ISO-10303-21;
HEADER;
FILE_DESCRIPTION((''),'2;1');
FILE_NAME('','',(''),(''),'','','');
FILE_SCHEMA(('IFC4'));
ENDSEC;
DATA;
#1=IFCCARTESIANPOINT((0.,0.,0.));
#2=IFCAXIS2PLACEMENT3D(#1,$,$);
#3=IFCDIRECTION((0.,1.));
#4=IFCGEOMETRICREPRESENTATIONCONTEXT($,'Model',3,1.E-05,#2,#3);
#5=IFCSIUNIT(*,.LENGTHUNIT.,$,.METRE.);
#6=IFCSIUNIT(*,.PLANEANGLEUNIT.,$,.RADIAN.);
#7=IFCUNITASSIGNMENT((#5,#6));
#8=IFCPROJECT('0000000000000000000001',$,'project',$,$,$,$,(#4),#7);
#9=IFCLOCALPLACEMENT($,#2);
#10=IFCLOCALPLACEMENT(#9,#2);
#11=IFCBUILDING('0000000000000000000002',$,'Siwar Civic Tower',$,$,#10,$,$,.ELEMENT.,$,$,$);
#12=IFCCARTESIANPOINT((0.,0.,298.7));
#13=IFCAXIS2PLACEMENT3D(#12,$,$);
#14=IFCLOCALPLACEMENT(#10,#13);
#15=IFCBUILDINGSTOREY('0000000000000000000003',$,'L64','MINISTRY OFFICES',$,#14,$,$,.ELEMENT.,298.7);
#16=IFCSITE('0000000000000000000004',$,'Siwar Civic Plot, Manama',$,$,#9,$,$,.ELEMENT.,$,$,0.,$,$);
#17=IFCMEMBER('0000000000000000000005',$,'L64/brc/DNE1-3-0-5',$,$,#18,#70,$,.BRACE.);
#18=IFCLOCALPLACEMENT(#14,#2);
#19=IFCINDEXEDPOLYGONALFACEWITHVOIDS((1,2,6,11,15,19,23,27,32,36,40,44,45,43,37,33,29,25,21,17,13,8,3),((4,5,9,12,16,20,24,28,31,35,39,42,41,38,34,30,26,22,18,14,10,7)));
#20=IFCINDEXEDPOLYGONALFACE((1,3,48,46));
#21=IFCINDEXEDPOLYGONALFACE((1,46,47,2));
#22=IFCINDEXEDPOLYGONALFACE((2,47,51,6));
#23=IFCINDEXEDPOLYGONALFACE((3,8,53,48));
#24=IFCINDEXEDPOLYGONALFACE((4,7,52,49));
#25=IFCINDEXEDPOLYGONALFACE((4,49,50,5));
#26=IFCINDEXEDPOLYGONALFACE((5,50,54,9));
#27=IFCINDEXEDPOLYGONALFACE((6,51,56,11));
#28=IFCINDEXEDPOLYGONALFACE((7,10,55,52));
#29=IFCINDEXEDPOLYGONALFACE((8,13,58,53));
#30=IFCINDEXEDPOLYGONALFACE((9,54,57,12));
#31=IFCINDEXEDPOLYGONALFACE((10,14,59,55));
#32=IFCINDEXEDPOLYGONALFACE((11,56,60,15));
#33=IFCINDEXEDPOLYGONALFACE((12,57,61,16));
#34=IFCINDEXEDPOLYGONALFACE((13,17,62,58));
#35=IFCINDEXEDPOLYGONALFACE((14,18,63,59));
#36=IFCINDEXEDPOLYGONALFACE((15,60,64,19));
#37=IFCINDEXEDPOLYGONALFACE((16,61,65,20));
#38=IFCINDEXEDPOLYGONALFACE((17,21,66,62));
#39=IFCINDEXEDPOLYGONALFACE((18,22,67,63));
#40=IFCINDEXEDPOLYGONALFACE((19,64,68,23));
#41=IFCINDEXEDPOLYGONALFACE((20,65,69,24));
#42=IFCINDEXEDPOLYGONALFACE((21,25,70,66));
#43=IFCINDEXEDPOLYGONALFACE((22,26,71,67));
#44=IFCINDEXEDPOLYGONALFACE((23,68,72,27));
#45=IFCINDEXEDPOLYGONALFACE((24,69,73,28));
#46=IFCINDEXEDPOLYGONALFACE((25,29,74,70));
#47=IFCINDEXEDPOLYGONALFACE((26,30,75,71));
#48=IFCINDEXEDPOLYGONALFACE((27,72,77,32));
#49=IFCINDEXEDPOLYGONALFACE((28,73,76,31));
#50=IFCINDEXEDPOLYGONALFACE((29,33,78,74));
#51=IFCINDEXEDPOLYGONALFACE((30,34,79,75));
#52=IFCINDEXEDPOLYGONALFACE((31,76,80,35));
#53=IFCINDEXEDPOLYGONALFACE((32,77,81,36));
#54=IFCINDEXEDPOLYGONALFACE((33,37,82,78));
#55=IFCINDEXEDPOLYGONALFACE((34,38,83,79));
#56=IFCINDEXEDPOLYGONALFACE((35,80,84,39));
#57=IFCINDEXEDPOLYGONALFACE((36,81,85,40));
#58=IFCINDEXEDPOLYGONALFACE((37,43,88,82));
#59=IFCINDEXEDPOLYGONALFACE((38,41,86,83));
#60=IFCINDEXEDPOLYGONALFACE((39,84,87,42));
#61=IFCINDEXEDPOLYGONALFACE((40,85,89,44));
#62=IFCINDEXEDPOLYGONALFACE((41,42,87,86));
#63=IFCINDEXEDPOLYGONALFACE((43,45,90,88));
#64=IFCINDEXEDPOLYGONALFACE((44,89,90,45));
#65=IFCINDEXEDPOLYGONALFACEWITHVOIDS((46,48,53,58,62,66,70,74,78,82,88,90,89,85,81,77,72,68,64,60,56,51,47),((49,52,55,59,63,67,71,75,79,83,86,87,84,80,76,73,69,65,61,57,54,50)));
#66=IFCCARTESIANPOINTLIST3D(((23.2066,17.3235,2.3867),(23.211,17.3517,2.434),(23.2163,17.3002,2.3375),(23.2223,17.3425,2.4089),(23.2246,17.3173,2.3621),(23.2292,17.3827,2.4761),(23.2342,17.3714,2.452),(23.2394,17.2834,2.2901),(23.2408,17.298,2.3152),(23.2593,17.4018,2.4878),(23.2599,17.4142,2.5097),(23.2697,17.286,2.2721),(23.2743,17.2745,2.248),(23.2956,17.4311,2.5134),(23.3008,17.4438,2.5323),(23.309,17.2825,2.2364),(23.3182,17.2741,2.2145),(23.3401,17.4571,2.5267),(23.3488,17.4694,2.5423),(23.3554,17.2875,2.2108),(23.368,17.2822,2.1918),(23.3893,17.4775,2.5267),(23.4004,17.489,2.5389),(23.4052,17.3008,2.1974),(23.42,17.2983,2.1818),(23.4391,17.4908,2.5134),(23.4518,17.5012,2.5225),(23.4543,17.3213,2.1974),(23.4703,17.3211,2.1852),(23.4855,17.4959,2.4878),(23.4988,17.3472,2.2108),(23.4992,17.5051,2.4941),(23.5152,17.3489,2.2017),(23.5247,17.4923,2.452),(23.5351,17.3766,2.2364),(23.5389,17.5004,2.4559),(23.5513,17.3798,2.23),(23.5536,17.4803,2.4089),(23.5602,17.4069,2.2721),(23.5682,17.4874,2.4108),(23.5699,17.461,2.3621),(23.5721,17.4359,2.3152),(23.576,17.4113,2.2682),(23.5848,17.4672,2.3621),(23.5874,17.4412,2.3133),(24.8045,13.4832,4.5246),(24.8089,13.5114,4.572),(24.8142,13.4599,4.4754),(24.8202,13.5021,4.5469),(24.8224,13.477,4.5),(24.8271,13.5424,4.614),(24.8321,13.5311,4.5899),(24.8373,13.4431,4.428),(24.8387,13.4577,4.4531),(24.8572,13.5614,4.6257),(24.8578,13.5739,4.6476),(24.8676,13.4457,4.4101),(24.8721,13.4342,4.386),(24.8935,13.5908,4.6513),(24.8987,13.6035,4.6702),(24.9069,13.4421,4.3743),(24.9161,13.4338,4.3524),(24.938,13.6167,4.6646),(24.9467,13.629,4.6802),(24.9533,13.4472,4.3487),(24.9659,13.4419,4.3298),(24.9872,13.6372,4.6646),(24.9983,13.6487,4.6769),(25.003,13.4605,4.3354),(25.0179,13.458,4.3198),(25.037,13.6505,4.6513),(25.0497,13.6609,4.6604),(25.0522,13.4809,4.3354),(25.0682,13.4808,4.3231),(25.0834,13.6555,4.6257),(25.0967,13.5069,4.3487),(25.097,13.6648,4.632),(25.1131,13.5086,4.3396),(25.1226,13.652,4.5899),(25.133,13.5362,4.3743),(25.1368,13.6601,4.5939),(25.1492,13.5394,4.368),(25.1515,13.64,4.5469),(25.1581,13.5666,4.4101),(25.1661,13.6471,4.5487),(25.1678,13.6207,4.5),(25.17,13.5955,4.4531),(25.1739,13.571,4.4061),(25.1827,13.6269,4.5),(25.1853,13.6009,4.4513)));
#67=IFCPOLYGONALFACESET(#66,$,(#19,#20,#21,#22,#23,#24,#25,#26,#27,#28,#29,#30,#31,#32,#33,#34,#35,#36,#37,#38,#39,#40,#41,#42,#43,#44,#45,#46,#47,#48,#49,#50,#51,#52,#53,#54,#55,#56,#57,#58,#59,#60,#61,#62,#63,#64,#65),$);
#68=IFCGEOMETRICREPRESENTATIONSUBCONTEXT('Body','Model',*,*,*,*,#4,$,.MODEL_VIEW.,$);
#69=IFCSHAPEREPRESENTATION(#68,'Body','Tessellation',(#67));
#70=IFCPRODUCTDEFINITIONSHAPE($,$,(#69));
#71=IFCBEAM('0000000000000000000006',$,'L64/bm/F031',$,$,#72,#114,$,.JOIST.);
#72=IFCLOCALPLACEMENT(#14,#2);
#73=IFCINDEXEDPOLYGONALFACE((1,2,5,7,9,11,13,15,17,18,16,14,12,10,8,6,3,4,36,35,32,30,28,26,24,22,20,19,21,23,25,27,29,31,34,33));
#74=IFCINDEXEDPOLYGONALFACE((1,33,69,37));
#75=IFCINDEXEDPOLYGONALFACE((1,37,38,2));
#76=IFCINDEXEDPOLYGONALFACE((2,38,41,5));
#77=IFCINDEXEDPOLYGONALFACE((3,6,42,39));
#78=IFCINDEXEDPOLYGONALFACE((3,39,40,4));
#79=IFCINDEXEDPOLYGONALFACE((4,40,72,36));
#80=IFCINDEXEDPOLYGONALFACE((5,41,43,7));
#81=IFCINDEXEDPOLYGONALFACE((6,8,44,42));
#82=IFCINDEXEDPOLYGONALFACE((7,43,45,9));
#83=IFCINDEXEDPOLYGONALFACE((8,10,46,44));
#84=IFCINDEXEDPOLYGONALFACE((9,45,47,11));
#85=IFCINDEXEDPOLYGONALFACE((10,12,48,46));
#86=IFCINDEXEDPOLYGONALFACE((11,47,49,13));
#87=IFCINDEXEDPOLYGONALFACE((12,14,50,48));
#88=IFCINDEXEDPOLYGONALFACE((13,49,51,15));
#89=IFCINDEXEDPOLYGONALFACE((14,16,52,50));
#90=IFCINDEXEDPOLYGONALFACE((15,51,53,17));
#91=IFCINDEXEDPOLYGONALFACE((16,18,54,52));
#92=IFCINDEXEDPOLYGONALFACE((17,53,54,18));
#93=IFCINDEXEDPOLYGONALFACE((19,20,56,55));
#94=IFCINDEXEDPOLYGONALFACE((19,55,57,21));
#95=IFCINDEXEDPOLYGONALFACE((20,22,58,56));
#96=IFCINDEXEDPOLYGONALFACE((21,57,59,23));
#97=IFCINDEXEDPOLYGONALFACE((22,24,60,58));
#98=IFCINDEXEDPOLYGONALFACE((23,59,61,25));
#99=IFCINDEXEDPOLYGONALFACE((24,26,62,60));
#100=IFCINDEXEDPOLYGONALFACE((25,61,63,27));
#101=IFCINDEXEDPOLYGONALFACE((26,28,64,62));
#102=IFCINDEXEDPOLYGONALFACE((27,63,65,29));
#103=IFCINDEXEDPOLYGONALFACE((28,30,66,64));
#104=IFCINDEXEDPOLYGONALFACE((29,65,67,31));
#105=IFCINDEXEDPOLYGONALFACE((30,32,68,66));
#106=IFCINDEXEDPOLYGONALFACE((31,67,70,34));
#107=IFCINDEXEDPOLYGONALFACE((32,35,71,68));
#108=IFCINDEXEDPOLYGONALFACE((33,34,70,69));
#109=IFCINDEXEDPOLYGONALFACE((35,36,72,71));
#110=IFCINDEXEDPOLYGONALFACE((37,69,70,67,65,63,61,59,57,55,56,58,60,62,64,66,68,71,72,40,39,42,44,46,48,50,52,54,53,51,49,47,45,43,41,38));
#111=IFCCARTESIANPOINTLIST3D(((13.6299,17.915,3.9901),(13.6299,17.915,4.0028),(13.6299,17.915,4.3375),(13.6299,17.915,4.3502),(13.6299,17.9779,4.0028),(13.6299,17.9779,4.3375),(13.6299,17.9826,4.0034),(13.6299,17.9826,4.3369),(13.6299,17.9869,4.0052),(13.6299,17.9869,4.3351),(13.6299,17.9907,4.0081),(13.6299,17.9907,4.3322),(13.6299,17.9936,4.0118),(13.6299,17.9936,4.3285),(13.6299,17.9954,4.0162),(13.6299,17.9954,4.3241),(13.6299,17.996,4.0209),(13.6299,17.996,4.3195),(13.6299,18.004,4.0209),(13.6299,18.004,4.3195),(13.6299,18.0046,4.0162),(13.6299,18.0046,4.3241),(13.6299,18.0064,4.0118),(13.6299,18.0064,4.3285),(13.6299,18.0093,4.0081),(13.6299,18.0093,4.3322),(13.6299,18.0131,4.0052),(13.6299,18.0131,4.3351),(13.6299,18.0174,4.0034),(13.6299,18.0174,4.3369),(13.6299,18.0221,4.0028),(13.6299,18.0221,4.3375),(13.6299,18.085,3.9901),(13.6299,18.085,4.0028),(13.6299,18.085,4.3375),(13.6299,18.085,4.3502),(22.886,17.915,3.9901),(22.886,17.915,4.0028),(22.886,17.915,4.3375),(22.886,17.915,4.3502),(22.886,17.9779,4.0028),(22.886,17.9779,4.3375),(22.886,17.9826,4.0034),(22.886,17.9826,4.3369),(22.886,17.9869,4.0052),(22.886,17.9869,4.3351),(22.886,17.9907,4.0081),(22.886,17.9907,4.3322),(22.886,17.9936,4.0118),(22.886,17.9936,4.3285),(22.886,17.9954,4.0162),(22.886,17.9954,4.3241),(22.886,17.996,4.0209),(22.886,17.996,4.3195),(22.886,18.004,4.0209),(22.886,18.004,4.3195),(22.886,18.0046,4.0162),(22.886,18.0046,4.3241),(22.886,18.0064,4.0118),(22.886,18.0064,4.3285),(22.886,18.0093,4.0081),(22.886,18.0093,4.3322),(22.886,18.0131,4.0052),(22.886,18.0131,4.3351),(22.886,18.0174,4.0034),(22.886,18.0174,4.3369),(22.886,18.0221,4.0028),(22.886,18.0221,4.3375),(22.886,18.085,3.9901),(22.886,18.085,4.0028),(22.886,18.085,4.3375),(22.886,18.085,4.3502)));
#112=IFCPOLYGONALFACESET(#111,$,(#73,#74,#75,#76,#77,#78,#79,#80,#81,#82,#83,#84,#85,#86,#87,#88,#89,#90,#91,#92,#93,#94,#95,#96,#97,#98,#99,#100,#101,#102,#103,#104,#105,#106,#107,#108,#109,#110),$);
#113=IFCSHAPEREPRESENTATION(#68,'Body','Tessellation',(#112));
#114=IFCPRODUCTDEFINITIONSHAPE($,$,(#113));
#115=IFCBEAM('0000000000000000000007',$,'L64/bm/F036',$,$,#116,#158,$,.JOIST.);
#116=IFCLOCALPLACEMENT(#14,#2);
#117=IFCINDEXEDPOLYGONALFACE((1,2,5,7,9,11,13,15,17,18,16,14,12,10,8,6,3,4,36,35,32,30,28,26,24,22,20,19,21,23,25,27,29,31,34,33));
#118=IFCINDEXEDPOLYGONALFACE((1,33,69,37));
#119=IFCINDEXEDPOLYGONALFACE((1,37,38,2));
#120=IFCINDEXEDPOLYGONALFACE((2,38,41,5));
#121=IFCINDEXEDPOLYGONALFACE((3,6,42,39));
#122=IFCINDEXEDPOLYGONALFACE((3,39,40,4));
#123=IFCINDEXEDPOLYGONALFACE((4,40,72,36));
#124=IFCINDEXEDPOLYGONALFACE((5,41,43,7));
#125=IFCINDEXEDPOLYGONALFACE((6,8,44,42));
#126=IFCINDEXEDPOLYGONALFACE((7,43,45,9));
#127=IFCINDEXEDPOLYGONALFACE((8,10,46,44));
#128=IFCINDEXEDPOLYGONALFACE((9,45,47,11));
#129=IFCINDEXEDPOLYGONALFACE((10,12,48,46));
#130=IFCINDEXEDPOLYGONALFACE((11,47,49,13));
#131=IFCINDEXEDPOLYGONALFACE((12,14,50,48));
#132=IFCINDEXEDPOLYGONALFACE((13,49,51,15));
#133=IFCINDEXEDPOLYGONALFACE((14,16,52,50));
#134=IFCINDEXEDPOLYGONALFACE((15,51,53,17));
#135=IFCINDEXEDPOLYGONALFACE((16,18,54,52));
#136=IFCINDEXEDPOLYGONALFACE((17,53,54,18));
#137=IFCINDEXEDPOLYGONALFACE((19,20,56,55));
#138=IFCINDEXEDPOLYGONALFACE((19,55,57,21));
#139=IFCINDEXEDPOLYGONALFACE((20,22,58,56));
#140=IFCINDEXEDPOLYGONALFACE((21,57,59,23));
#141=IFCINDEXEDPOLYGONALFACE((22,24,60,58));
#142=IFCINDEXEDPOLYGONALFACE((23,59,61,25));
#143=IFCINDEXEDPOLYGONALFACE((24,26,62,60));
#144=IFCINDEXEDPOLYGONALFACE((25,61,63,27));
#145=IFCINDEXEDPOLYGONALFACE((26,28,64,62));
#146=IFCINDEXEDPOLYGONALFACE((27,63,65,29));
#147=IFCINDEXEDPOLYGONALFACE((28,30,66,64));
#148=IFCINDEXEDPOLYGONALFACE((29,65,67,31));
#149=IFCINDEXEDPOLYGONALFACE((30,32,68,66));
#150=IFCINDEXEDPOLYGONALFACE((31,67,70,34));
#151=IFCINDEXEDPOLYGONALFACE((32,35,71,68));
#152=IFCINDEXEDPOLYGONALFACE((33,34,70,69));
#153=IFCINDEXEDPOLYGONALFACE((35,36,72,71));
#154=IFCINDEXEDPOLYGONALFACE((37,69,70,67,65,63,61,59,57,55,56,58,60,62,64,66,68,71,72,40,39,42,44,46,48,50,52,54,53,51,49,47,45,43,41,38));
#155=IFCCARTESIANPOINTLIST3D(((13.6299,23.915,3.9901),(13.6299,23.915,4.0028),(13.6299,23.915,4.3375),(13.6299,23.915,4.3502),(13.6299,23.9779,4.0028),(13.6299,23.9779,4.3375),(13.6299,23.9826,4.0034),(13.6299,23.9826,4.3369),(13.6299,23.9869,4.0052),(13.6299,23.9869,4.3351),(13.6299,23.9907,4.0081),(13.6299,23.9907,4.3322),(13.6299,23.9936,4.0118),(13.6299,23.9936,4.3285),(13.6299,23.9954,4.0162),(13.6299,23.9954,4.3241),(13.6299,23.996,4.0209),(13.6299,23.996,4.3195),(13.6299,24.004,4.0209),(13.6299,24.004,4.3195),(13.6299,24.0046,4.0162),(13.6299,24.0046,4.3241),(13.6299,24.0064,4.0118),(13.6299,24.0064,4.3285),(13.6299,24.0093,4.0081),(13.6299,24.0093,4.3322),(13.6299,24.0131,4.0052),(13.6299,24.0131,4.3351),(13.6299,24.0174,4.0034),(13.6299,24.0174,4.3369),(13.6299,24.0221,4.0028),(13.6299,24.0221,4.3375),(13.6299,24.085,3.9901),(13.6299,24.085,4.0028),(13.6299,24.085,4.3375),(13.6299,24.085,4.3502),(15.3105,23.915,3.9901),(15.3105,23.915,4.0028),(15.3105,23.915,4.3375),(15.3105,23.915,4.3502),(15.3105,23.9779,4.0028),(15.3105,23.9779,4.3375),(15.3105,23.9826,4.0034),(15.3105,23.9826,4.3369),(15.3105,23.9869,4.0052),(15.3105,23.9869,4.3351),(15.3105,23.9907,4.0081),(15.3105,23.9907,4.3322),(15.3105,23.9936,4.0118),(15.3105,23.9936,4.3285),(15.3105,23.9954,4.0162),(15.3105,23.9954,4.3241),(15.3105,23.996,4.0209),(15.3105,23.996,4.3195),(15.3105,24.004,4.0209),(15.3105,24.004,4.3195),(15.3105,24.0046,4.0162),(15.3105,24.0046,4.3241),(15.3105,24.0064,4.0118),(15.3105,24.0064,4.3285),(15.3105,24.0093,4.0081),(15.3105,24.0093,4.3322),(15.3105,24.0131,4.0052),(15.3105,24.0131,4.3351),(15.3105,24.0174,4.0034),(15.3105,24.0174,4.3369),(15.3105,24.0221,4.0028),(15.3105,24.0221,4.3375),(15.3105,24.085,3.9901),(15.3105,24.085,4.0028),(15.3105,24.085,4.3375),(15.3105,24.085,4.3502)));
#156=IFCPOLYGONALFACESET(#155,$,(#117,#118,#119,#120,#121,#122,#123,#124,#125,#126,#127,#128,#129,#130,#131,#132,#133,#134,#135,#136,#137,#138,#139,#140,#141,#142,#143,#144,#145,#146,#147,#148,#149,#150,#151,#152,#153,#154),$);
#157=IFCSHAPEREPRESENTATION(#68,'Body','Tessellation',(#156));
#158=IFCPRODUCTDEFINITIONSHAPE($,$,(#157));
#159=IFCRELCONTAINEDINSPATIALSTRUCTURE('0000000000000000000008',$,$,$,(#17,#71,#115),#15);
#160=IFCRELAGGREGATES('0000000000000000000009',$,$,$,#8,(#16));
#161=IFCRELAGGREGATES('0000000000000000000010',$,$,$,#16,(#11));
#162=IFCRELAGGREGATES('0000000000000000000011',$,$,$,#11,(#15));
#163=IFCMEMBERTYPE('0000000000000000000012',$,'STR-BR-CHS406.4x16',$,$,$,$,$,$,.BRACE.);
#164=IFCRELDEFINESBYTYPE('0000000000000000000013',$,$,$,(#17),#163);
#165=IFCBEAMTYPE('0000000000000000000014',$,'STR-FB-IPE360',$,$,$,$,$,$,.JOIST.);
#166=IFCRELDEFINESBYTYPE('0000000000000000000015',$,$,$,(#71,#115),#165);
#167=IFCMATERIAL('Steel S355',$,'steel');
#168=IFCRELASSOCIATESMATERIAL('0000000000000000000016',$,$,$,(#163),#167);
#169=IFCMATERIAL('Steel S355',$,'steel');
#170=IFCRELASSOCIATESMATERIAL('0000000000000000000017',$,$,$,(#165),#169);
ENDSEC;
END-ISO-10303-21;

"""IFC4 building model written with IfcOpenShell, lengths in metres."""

from ifc_helpers import new_model, si_unit, direction, frame, origin, origin_2d, place, context, subcontext, project, spatial, hollow_circle, i_section, extrude, material, material_profile, profile_set, type_object, element, save


model = new_model("IFC4")

# Units and contexts
model_context = context("Model", 3, precision=1e-05, world=origin(), true_north=direction((0.0, 1.0)))
body_context = subcontext(model_context, "Body", "Model", "MODEL_VIEW")
ifc_project = project(units=[si_unit("LENGTHUNIT", "METRE"), si_unit("PLANEANGLEUNIT", "RADIAN")], contexts=[model_context])

# Site, building, storey
site_placement = place(None, origin())
site = spatial("IfcSite", under=ifc_project, at=site_placement, Name="Siwar Civic Plot, Manama", CompositionType="ELEMENT", RefElevation=0.0)
building_placement = place(site_placement, origin())
building = spatial("IfcBuilding", under=site, at=building_placement, Name="Siwar Civic Tower", CompositionType="ELEMENT")
storey_placement = place(building_placement, frame((0.0, 0.0, 298.7)))
storey = spatial("IfcBuildingStorey", under=building, at=storey_placement, Name="L64", Description="MINISTRY OFFICES", CompositionType="ELEMENT", Elevation=298.7)

# Member
ifc_material_1 = material(Name="Steel S355", Category="steel")
ifc_material_profile_1 = material_profile(ifc_material_1, hollow_circle(Radius=0.2031, WallThickness=0.0161, at=origin_2d()), Name="CHS406.4x16")
ifc_profile_set_1 = profile_set([ifc_material_profile_1], Name="Steel S355")
member_type_1 = type_object("IfcMemberType", Name="STR-BR-CHS406.4x16", PredefinedType="BRACE", material=ifc_profile_set_1)
member_1_placement = place(storey_placement, frame((23.3972, 17.3892, 2.3621), z_axis=(0.341667, -0.82115, 0.45714), x_axis=(0.923268, 0.384157, 0.0)))
element("IfcMember", 1, at=member_1_placement, inside=storey, type_object=member_type_1, Name="L64/brc/DNE1-3-0-5", PredefinedType="BRACE", context=body_context, shape_type="SweptSolid", body=[
    extrude(hollow_circle(Radius=0.2031, WallThickness=0.0161, at=origin_2d()), origin(), (0.0, 0.0, 1.0), 4.6768),
])

# Beams
ifc_material_2 = material(Name="Steel S355", Category="steel")
ifc_material_profile_2 = material_profile(ifc_material_2, i_section(OverallWidth=0.1699, OverallDepth=0.3601, WebThickness=0.0081, FlangeThickness=0.0127, FilletRadius=0.0181, at=origin_2d()), Name="IPE360")
ifc_profile_set_2 = profile_set([ifc_material_profile_2], Name="Steel S355")
beam_type_1 = type_object("IfcBeamType", Name="STR-FB-IPE360", PredefinedType="JOIST", material=ifc_profile_set_2)
beam_1_placement = place(storey_placement, frame((13.6299, 18.0, 4.1702), z_axis=(1.0, 0.0, 0.0), x_axis=(0.0, 1.0, 0.0)))
element("IfcBeam", 2, at=beam_1_placement, inside=storey, type_object=beam_type_1, Name="L64/bm/F031", PredefinedType="JOIST", context=body_context, shape_type="SweptSolid", body=[
    extrude(i_section(OverallWidth=0.1699, OverallDepth=0.3601, WebThickness=0.0081, FlangeThickness=0.0127, FilletRadius=0.0181, at=origin_2d()), origin(), (0.0, 0.0, 1.0), 9.2561),
])
beam_2_placement = place(storey_placement, frame((13.6299, 24.0, 4.1702), z_axis=(1.0, 0.0, 0.0), x_axis=(0.0, 1.0, 0.0)))
element("IfcBeam", 3, at=beam_2_placement, inside=storey, type_object=beam_type_1, Name="L64/bm/F036", PredefinedType="JOIST", context=body_context, shape_type="SweptSolid", body=[
    extrude(i_section(OverallWidth=0.1699, OverallDepth=0.3601, WebThickness=0.0081, FlangeThickness=0.0127, FilletRadius=0.0181, at=origin_2d()), origin(), (0.0, 0.0, 1.0), 1.6807),
])

save(model, "model.ifc")
